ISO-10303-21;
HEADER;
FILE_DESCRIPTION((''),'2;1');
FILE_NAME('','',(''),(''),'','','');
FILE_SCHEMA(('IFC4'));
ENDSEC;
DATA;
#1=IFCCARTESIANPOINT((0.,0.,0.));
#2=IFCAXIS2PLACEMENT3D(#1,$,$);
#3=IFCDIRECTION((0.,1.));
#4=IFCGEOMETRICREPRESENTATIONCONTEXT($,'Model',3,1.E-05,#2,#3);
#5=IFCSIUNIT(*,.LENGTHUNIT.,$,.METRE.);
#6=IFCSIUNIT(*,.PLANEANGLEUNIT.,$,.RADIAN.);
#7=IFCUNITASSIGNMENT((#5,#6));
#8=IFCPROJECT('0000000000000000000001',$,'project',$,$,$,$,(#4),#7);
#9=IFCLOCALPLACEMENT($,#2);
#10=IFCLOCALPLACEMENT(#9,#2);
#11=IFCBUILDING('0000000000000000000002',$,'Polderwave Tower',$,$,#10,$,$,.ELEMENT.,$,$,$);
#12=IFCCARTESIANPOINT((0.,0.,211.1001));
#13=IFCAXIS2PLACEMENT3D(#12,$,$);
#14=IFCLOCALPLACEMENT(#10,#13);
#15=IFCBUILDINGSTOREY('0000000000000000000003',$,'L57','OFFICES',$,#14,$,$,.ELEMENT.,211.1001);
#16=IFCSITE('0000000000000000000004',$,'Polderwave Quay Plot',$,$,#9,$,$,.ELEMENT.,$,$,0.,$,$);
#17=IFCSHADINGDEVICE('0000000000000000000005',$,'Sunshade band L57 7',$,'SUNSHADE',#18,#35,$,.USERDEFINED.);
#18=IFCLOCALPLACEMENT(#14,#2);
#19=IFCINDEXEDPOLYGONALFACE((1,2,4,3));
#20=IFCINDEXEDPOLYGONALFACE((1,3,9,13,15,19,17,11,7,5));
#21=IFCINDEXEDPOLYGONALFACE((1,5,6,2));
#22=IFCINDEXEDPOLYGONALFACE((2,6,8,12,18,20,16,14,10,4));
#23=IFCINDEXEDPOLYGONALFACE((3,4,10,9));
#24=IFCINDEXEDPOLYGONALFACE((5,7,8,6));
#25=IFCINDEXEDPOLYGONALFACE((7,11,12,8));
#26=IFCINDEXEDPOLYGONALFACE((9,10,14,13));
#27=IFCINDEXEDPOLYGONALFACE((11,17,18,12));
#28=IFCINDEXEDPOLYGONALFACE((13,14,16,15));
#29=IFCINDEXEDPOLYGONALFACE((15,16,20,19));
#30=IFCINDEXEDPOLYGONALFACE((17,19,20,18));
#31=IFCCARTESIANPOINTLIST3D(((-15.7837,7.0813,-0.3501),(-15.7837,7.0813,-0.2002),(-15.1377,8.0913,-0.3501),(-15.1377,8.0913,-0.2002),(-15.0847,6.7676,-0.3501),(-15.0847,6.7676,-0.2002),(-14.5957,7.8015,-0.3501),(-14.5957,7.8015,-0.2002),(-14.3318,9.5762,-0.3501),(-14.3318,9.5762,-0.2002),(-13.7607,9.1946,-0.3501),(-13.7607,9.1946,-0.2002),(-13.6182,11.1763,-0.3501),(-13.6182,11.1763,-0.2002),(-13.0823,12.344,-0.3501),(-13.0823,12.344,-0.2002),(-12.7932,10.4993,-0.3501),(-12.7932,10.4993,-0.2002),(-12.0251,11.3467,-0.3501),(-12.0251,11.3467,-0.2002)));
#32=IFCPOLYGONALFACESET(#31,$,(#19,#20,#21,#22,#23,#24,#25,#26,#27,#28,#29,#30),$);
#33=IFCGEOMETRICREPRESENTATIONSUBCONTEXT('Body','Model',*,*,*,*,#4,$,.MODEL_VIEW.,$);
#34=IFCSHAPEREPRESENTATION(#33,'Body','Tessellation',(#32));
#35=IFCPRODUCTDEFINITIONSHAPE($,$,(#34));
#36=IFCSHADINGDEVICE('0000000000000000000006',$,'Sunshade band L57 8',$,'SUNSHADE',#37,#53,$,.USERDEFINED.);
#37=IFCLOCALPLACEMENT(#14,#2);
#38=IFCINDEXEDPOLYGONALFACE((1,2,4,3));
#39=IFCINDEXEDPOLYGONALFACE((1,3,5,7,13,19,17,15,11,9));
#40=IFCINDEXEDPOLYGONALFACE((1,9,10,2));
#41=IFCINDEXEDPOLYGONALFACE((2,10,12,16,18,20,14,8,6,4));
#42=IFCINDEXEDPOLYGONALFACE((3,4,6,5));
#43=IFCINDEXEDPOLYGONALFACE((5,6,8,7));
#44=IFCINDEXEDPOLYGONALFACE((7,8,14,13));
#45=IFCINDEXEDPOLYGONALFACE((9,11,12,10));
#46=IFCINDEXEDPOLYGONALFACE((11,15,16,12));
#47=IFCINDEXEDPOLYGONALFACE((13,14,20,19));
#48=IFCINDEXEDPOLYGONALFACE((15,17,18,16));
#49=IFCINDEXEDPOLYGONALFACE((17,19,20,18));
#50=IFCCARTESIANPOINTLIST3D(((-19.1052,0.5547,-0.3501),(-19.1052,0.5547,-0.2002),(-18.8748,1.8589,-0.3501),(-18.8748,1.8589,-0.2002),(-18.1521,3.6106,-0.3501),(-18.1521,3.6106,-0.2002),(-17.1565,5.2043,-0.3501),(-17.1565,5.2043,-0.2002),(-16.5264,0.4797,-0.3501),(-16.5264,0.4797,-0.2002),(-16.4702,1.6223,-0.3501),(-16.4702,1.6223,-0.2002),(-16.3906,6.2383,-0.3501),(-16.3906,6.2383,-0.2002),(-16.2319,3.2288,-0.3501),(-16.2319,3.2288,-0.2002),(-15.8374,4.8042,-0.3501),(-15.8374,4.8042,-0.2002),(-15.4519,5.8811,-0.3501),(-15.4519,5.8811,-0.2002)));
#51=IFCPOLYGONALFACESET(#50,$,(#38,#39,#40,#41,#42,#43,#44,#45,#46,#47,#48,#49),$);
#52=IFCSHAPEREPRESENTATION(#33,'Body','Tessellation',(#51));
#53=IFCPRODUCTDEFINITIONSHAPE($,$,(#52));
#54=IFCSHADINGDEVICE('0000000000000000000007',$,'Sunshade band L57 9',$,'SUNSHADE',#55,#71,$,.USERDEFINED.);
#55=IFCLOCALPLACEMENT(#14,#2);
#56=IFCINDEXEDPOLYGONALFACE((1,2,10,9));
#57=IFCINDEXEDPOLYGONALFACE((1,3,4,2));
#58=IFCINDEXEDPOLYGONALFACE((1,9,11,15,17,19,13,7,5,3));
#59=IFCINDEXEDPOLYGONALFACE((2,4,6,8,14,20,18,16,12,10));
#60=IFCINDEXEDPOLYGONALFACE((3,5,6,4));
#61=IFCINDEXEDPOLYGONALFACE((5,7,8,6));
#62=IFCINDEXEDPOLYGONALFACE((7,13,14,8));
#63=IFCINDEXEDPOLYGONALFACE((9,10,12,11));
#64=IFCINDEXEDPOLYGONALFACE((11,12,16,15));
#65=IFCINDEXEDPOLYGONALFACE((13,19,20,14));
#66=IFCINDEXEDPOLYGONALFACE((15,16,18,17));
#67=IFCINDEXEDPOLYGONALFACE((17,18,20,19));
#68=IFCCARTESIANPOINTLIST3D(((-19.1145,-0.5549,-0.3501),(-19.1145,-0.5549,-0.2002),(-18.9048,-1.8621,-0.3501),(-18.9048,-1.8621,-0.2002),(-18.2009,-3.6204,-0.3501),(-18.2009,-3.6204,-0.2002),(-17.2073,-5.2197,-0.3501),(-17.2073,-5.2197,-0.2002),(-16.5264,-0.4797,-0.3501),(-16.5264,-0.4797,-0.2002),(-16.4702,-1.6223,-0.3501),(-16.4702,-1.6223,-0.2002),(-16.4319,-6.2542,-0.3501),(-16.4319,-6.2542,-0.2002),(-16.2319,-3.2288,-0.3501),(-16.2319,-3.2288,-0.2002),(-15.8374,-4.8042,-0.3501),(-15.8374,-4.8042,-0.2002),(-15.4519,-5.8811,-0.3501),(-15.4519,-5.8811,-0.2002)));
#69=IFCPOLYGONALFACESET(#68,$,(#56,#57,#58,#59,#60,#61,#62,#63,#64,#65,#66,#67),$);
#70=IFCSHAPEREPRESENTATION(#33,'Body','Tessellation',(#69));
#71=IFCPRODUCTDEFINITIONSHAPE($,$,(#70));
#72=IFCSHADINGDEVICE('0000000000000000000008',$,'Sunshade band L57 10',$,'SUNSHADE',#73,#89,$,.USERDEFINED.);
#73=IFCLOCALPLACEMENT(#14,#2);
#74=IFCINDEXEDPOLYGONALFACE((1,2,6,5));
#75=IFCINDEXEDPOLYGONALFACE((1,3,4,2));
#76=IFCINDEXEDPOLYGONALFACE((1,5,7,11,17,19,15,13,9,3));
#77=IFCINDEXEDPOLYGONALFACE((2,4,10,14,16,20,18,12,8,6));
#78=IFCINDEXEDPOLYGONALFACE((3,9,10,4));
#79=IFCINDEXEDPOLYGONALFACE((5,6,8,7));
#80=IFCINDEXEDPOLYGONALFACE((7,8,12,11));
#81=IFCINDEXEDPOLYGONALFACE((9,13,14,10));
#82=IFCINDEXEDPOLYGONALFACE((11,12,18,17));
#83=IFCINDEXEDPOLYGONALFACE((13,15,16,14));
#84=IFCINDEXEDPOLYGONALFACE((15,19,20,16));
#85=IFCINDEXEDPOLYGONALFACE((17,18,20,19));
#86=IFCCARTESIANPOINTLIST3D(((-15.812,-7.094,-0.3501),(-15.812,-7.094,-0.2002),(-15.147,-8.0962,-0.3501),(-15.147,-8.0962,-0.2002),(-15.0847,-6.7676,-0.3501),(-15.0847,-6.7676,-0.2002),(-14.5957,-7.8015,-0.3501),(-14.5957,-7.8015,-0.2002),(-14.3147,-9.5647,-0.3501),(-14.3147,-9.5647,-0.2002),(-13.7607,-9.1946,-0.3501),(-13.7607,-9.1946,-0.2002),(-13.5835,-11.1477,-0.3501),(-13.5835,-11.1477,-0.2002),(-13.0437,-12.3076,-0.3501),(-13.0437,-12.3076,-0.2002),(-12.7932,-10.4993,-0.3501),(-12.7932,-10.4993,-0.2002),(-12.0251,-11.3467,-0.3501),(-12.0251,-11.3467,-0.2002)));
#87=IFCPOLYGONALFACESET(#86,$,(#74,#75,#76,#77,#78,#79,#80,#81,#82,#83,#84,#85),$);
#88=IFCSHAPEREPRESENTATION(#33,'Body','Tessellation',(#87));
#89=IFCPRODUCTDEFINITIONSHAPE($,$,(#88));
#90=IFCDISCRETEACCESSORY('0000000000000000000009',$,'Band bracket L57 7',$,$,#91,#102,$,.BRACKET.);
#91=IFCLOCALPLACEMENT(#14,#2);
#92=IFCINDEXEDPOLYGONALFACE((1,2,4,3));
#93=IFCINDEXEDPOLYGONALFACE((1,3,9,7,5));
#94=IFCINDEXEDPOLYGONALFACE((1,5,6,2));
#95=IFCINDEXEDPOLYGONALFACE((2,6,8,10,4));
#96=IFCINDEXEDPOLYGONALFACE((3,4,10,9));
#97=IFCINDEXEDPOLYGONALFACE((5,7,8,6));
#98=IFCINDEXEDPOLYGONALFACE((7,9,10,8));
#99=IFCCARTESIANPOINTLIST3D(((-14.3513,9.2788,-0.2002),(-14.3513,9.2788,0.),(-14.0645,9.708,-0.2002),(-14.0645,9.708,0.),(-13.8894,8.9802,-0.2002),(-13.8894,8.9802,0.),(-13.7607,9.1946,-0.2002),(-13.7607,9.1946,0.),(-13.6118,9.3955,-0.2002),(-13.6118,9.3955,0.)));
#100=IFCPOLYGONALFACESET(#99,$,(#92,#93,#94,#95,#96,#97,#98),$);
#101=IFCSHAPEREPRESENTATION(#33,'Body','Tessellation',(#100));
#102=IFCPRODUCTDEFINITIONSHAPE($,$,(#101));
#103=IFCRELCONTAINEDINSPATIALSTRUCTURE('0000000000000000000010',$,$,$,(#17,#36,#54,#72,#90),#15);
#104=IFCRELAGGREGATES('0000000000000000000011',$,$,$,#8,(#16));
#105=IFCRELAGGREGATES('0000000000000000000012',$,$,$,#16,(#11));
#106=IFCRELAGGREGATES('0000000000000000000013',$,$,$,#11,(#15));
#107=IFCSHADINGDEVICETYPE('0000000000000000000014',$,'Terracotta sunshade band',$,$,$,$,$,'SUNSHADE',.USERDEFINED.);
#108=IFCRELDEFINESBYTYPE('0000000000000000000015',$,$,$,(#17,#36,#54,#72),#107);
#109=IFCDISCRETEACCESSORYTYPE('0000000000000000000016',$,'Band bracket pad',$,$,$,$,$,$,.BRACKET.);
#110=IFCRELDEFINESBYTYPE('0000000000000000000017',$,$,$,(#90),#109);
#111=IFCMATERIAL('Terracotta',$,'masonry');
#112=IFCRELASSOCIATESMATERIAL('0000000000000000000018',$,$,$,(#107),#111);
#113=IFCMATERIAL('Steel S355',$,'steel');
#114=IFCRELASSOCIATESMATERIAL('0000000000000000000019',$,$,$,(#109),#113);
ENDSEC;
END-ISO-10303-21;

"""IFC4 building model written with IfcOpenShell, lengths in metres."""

from ifc_helpers import new_model, si_unit, direction, frame, origin, place, context, subcontext, project, spatial, polyline, outline, extrude, material, type_object, element, save


model = new_model("IFC4")

# Units and contexts
model_context = context("Model", 3, precision=1e-05, world=origin(), true_north=direction((0.0, 1.0)))
body_context = subcontext(model_context, "Body", "Model", "MODEL_VIEW")
ifc_project = project(units=[si_unit("LENGTHUNIT", "METRE"), si_unit("PLANEANGLEUNIT", "RADIAN")], contexts=[model_context])

# Site, building, storey
site_placement = place(None, origin())
site = spatial("IfcSite", under=ifc_project, at=site_placement, Name="Polderwave Quay Plot", CompositionType="ELEMENT", RefElevation=0.0)
building_placement = place(site_placement, origin())
building = spatial("IfcBuilding", under=site, at=building_placement, Name="Polderwave Tower", CompositionType="ELEMENT")
storey_placement = place(building_placement, frame((0.0, 0.0, 211.1001)))
storey = spatial("IfcBuildingStorey", under=building, at=storey_placement, Name="L57", Description="OFFICES", CompositionType="ELEMENT", Elevation=211.1001)

# Shading devices
ifc_material_1 = material(Name="Terracotta", Category="masonry")
shading_device_type = type_object("IfcShadingDeviceType", Name="Terracotta sunshade band", ElementType="SUNSHADE", PredefinedType="USERDEFINED", material=ifc_material_1)
shading_device_1_placement = place(storey_placement, frame((0.0, 0.0, -0.3501)))
element("IfcShadingDevice", 1, at=shading_device_1_placement, inside=storey, type_object=shading_device_type, Name="Sunshade band L57 7", ObjectType="SUNSHADE", PredefinedType="USERDEFINED", context=body_context, shape_type="SweptSolid", body=[
    extrude(outline(polyline([(-12.0251, 11.3467), (-12.7932, 10.4993), (-13.7607, 9.1946), (-14.5957, 7.8015), (-15.0847, 6.7676), (-15.7837, 7.0813), (-15.1377, 8.0913), (-14.3318, 9.5762), (-13.6182, 11.1763), (-13.0823, 12.344), (-12.0251, 11.3467)])), origin(), (0.0, 0.0, 1.0), 0.1499),
])
shading_device_2_placement = place(storey_placement, frame((0.0, 0.0, -0.3501)))
element("IfcShadingDevice", 2, at=shading_device_2_placement, inside=storey, type_object=shading_device_type, Name="Sunshade band L57 8", ObjectType="SUNSHADE", PredefinedType="USERDEFINED", context=body_context, shape_type="SweptSolid", body=[
    extrude(outline(polyline([(-15.4519, 5.8811), (-15.8374, 4.8042), (-16.2319, 3.2288), (-16.4702, 1.6223), (-16.5264, 0.4797), (-19.1052, 0.5547), (-18.8748, 1.8589), (-18.1521, 3.6106), (-17.1565, 5.2043), (-16.3906, 6.2383), (-15.4519, 5.8811)])), origin(), (0.0, 0.0, 1.0), 0.1499),
])
shading_device_3_placement = place(storey_placement, frame((0.0, 0.0, -0.3501)))
element("IfcShadingDevice", 3, at=shading_device_3_placement, inside=storey, type_object=shading_device_type, Name="Sunshade band L57 9", ObjectType="SUNSHADE", PredefinedType="USERDEFINED", context=body_context, shape_type="SweptSolid", body=[
    extrude(outline(polyline([(-16.5264, -0.4797), (-16.4702, -1.6223), (-16.2319, -3.2288), (-15.8374, -4.8042), (-15.4519, -5.8811), (-16.4319, -6.2542), (-17.2073, -5.2197), (-18.2009, -3.6204), (-18.9048, -1.8621), (-19.1145, -0.5549), (-16.5264, -0.4797)])), origin(), (0.0, 0.0, 1.0), 0.1499),
])
shading_device_4_placement = place(storey_placement, frame((0.0, 0.0, -0.3501)))
element("IfcShadingDevice", 4, at=shading_device_4_placement, inside=storey, type_object=shading_device_type, Name="Sunshade band L57 10", ObjectType="SUNSHADE", PredefinedType="USERDEFINED", context=body_context, shape_type="SweptSolid", body=[
    extrude(outline(polyline([(-15.0847, -6.7676), (-14.5957, -7.8015), (-13.7607, -9.1946), (-12.7932, -10.4993), (-12.0251, -11.3467), (-13.0437, -12.3076), (-13.5835, -11.1477), (-14.3147, -9.5647), (-15.147, -8.0962), (-15.812, -7.094), (-15.0847, -6.7676)])), origin(), (0.0, 0.0, 1.0), 0.1499),
])

# Discrete accessory
ifc_material_2 = material(Name="Steel S355", Category="steel")
discrete_accessory_type = type_object("IfcDiscreteAccessoryType", Name="Band bracket pad", PredefinedType="BRACKET", material=ifc_material_2)
discrete_accessory_placement = place(storey_placement, frame((0.0, 0.0, -0.2002)))
element("IfcDiscreteAccessory", 5, at=discrete_accessory_placement, inside=storey, type_object=discrete_accessory_type, Name="Band bracket L57 7", PredefinedType="BRACKET", context=body_context, shape_type="SweptSolid", body=[
    extrude(outline(polyline([(-13.6118, 9.3955), (-13.7607, 9.1946), (-13.8894, 8.9802), (-14.3513, 9.2788), (-14.0645, 9.708), (-13.6118, 9.3955)])), origin(), (0.0, 0.0, 1.0), 0.2002),
])

save(model, "model.ifc")
